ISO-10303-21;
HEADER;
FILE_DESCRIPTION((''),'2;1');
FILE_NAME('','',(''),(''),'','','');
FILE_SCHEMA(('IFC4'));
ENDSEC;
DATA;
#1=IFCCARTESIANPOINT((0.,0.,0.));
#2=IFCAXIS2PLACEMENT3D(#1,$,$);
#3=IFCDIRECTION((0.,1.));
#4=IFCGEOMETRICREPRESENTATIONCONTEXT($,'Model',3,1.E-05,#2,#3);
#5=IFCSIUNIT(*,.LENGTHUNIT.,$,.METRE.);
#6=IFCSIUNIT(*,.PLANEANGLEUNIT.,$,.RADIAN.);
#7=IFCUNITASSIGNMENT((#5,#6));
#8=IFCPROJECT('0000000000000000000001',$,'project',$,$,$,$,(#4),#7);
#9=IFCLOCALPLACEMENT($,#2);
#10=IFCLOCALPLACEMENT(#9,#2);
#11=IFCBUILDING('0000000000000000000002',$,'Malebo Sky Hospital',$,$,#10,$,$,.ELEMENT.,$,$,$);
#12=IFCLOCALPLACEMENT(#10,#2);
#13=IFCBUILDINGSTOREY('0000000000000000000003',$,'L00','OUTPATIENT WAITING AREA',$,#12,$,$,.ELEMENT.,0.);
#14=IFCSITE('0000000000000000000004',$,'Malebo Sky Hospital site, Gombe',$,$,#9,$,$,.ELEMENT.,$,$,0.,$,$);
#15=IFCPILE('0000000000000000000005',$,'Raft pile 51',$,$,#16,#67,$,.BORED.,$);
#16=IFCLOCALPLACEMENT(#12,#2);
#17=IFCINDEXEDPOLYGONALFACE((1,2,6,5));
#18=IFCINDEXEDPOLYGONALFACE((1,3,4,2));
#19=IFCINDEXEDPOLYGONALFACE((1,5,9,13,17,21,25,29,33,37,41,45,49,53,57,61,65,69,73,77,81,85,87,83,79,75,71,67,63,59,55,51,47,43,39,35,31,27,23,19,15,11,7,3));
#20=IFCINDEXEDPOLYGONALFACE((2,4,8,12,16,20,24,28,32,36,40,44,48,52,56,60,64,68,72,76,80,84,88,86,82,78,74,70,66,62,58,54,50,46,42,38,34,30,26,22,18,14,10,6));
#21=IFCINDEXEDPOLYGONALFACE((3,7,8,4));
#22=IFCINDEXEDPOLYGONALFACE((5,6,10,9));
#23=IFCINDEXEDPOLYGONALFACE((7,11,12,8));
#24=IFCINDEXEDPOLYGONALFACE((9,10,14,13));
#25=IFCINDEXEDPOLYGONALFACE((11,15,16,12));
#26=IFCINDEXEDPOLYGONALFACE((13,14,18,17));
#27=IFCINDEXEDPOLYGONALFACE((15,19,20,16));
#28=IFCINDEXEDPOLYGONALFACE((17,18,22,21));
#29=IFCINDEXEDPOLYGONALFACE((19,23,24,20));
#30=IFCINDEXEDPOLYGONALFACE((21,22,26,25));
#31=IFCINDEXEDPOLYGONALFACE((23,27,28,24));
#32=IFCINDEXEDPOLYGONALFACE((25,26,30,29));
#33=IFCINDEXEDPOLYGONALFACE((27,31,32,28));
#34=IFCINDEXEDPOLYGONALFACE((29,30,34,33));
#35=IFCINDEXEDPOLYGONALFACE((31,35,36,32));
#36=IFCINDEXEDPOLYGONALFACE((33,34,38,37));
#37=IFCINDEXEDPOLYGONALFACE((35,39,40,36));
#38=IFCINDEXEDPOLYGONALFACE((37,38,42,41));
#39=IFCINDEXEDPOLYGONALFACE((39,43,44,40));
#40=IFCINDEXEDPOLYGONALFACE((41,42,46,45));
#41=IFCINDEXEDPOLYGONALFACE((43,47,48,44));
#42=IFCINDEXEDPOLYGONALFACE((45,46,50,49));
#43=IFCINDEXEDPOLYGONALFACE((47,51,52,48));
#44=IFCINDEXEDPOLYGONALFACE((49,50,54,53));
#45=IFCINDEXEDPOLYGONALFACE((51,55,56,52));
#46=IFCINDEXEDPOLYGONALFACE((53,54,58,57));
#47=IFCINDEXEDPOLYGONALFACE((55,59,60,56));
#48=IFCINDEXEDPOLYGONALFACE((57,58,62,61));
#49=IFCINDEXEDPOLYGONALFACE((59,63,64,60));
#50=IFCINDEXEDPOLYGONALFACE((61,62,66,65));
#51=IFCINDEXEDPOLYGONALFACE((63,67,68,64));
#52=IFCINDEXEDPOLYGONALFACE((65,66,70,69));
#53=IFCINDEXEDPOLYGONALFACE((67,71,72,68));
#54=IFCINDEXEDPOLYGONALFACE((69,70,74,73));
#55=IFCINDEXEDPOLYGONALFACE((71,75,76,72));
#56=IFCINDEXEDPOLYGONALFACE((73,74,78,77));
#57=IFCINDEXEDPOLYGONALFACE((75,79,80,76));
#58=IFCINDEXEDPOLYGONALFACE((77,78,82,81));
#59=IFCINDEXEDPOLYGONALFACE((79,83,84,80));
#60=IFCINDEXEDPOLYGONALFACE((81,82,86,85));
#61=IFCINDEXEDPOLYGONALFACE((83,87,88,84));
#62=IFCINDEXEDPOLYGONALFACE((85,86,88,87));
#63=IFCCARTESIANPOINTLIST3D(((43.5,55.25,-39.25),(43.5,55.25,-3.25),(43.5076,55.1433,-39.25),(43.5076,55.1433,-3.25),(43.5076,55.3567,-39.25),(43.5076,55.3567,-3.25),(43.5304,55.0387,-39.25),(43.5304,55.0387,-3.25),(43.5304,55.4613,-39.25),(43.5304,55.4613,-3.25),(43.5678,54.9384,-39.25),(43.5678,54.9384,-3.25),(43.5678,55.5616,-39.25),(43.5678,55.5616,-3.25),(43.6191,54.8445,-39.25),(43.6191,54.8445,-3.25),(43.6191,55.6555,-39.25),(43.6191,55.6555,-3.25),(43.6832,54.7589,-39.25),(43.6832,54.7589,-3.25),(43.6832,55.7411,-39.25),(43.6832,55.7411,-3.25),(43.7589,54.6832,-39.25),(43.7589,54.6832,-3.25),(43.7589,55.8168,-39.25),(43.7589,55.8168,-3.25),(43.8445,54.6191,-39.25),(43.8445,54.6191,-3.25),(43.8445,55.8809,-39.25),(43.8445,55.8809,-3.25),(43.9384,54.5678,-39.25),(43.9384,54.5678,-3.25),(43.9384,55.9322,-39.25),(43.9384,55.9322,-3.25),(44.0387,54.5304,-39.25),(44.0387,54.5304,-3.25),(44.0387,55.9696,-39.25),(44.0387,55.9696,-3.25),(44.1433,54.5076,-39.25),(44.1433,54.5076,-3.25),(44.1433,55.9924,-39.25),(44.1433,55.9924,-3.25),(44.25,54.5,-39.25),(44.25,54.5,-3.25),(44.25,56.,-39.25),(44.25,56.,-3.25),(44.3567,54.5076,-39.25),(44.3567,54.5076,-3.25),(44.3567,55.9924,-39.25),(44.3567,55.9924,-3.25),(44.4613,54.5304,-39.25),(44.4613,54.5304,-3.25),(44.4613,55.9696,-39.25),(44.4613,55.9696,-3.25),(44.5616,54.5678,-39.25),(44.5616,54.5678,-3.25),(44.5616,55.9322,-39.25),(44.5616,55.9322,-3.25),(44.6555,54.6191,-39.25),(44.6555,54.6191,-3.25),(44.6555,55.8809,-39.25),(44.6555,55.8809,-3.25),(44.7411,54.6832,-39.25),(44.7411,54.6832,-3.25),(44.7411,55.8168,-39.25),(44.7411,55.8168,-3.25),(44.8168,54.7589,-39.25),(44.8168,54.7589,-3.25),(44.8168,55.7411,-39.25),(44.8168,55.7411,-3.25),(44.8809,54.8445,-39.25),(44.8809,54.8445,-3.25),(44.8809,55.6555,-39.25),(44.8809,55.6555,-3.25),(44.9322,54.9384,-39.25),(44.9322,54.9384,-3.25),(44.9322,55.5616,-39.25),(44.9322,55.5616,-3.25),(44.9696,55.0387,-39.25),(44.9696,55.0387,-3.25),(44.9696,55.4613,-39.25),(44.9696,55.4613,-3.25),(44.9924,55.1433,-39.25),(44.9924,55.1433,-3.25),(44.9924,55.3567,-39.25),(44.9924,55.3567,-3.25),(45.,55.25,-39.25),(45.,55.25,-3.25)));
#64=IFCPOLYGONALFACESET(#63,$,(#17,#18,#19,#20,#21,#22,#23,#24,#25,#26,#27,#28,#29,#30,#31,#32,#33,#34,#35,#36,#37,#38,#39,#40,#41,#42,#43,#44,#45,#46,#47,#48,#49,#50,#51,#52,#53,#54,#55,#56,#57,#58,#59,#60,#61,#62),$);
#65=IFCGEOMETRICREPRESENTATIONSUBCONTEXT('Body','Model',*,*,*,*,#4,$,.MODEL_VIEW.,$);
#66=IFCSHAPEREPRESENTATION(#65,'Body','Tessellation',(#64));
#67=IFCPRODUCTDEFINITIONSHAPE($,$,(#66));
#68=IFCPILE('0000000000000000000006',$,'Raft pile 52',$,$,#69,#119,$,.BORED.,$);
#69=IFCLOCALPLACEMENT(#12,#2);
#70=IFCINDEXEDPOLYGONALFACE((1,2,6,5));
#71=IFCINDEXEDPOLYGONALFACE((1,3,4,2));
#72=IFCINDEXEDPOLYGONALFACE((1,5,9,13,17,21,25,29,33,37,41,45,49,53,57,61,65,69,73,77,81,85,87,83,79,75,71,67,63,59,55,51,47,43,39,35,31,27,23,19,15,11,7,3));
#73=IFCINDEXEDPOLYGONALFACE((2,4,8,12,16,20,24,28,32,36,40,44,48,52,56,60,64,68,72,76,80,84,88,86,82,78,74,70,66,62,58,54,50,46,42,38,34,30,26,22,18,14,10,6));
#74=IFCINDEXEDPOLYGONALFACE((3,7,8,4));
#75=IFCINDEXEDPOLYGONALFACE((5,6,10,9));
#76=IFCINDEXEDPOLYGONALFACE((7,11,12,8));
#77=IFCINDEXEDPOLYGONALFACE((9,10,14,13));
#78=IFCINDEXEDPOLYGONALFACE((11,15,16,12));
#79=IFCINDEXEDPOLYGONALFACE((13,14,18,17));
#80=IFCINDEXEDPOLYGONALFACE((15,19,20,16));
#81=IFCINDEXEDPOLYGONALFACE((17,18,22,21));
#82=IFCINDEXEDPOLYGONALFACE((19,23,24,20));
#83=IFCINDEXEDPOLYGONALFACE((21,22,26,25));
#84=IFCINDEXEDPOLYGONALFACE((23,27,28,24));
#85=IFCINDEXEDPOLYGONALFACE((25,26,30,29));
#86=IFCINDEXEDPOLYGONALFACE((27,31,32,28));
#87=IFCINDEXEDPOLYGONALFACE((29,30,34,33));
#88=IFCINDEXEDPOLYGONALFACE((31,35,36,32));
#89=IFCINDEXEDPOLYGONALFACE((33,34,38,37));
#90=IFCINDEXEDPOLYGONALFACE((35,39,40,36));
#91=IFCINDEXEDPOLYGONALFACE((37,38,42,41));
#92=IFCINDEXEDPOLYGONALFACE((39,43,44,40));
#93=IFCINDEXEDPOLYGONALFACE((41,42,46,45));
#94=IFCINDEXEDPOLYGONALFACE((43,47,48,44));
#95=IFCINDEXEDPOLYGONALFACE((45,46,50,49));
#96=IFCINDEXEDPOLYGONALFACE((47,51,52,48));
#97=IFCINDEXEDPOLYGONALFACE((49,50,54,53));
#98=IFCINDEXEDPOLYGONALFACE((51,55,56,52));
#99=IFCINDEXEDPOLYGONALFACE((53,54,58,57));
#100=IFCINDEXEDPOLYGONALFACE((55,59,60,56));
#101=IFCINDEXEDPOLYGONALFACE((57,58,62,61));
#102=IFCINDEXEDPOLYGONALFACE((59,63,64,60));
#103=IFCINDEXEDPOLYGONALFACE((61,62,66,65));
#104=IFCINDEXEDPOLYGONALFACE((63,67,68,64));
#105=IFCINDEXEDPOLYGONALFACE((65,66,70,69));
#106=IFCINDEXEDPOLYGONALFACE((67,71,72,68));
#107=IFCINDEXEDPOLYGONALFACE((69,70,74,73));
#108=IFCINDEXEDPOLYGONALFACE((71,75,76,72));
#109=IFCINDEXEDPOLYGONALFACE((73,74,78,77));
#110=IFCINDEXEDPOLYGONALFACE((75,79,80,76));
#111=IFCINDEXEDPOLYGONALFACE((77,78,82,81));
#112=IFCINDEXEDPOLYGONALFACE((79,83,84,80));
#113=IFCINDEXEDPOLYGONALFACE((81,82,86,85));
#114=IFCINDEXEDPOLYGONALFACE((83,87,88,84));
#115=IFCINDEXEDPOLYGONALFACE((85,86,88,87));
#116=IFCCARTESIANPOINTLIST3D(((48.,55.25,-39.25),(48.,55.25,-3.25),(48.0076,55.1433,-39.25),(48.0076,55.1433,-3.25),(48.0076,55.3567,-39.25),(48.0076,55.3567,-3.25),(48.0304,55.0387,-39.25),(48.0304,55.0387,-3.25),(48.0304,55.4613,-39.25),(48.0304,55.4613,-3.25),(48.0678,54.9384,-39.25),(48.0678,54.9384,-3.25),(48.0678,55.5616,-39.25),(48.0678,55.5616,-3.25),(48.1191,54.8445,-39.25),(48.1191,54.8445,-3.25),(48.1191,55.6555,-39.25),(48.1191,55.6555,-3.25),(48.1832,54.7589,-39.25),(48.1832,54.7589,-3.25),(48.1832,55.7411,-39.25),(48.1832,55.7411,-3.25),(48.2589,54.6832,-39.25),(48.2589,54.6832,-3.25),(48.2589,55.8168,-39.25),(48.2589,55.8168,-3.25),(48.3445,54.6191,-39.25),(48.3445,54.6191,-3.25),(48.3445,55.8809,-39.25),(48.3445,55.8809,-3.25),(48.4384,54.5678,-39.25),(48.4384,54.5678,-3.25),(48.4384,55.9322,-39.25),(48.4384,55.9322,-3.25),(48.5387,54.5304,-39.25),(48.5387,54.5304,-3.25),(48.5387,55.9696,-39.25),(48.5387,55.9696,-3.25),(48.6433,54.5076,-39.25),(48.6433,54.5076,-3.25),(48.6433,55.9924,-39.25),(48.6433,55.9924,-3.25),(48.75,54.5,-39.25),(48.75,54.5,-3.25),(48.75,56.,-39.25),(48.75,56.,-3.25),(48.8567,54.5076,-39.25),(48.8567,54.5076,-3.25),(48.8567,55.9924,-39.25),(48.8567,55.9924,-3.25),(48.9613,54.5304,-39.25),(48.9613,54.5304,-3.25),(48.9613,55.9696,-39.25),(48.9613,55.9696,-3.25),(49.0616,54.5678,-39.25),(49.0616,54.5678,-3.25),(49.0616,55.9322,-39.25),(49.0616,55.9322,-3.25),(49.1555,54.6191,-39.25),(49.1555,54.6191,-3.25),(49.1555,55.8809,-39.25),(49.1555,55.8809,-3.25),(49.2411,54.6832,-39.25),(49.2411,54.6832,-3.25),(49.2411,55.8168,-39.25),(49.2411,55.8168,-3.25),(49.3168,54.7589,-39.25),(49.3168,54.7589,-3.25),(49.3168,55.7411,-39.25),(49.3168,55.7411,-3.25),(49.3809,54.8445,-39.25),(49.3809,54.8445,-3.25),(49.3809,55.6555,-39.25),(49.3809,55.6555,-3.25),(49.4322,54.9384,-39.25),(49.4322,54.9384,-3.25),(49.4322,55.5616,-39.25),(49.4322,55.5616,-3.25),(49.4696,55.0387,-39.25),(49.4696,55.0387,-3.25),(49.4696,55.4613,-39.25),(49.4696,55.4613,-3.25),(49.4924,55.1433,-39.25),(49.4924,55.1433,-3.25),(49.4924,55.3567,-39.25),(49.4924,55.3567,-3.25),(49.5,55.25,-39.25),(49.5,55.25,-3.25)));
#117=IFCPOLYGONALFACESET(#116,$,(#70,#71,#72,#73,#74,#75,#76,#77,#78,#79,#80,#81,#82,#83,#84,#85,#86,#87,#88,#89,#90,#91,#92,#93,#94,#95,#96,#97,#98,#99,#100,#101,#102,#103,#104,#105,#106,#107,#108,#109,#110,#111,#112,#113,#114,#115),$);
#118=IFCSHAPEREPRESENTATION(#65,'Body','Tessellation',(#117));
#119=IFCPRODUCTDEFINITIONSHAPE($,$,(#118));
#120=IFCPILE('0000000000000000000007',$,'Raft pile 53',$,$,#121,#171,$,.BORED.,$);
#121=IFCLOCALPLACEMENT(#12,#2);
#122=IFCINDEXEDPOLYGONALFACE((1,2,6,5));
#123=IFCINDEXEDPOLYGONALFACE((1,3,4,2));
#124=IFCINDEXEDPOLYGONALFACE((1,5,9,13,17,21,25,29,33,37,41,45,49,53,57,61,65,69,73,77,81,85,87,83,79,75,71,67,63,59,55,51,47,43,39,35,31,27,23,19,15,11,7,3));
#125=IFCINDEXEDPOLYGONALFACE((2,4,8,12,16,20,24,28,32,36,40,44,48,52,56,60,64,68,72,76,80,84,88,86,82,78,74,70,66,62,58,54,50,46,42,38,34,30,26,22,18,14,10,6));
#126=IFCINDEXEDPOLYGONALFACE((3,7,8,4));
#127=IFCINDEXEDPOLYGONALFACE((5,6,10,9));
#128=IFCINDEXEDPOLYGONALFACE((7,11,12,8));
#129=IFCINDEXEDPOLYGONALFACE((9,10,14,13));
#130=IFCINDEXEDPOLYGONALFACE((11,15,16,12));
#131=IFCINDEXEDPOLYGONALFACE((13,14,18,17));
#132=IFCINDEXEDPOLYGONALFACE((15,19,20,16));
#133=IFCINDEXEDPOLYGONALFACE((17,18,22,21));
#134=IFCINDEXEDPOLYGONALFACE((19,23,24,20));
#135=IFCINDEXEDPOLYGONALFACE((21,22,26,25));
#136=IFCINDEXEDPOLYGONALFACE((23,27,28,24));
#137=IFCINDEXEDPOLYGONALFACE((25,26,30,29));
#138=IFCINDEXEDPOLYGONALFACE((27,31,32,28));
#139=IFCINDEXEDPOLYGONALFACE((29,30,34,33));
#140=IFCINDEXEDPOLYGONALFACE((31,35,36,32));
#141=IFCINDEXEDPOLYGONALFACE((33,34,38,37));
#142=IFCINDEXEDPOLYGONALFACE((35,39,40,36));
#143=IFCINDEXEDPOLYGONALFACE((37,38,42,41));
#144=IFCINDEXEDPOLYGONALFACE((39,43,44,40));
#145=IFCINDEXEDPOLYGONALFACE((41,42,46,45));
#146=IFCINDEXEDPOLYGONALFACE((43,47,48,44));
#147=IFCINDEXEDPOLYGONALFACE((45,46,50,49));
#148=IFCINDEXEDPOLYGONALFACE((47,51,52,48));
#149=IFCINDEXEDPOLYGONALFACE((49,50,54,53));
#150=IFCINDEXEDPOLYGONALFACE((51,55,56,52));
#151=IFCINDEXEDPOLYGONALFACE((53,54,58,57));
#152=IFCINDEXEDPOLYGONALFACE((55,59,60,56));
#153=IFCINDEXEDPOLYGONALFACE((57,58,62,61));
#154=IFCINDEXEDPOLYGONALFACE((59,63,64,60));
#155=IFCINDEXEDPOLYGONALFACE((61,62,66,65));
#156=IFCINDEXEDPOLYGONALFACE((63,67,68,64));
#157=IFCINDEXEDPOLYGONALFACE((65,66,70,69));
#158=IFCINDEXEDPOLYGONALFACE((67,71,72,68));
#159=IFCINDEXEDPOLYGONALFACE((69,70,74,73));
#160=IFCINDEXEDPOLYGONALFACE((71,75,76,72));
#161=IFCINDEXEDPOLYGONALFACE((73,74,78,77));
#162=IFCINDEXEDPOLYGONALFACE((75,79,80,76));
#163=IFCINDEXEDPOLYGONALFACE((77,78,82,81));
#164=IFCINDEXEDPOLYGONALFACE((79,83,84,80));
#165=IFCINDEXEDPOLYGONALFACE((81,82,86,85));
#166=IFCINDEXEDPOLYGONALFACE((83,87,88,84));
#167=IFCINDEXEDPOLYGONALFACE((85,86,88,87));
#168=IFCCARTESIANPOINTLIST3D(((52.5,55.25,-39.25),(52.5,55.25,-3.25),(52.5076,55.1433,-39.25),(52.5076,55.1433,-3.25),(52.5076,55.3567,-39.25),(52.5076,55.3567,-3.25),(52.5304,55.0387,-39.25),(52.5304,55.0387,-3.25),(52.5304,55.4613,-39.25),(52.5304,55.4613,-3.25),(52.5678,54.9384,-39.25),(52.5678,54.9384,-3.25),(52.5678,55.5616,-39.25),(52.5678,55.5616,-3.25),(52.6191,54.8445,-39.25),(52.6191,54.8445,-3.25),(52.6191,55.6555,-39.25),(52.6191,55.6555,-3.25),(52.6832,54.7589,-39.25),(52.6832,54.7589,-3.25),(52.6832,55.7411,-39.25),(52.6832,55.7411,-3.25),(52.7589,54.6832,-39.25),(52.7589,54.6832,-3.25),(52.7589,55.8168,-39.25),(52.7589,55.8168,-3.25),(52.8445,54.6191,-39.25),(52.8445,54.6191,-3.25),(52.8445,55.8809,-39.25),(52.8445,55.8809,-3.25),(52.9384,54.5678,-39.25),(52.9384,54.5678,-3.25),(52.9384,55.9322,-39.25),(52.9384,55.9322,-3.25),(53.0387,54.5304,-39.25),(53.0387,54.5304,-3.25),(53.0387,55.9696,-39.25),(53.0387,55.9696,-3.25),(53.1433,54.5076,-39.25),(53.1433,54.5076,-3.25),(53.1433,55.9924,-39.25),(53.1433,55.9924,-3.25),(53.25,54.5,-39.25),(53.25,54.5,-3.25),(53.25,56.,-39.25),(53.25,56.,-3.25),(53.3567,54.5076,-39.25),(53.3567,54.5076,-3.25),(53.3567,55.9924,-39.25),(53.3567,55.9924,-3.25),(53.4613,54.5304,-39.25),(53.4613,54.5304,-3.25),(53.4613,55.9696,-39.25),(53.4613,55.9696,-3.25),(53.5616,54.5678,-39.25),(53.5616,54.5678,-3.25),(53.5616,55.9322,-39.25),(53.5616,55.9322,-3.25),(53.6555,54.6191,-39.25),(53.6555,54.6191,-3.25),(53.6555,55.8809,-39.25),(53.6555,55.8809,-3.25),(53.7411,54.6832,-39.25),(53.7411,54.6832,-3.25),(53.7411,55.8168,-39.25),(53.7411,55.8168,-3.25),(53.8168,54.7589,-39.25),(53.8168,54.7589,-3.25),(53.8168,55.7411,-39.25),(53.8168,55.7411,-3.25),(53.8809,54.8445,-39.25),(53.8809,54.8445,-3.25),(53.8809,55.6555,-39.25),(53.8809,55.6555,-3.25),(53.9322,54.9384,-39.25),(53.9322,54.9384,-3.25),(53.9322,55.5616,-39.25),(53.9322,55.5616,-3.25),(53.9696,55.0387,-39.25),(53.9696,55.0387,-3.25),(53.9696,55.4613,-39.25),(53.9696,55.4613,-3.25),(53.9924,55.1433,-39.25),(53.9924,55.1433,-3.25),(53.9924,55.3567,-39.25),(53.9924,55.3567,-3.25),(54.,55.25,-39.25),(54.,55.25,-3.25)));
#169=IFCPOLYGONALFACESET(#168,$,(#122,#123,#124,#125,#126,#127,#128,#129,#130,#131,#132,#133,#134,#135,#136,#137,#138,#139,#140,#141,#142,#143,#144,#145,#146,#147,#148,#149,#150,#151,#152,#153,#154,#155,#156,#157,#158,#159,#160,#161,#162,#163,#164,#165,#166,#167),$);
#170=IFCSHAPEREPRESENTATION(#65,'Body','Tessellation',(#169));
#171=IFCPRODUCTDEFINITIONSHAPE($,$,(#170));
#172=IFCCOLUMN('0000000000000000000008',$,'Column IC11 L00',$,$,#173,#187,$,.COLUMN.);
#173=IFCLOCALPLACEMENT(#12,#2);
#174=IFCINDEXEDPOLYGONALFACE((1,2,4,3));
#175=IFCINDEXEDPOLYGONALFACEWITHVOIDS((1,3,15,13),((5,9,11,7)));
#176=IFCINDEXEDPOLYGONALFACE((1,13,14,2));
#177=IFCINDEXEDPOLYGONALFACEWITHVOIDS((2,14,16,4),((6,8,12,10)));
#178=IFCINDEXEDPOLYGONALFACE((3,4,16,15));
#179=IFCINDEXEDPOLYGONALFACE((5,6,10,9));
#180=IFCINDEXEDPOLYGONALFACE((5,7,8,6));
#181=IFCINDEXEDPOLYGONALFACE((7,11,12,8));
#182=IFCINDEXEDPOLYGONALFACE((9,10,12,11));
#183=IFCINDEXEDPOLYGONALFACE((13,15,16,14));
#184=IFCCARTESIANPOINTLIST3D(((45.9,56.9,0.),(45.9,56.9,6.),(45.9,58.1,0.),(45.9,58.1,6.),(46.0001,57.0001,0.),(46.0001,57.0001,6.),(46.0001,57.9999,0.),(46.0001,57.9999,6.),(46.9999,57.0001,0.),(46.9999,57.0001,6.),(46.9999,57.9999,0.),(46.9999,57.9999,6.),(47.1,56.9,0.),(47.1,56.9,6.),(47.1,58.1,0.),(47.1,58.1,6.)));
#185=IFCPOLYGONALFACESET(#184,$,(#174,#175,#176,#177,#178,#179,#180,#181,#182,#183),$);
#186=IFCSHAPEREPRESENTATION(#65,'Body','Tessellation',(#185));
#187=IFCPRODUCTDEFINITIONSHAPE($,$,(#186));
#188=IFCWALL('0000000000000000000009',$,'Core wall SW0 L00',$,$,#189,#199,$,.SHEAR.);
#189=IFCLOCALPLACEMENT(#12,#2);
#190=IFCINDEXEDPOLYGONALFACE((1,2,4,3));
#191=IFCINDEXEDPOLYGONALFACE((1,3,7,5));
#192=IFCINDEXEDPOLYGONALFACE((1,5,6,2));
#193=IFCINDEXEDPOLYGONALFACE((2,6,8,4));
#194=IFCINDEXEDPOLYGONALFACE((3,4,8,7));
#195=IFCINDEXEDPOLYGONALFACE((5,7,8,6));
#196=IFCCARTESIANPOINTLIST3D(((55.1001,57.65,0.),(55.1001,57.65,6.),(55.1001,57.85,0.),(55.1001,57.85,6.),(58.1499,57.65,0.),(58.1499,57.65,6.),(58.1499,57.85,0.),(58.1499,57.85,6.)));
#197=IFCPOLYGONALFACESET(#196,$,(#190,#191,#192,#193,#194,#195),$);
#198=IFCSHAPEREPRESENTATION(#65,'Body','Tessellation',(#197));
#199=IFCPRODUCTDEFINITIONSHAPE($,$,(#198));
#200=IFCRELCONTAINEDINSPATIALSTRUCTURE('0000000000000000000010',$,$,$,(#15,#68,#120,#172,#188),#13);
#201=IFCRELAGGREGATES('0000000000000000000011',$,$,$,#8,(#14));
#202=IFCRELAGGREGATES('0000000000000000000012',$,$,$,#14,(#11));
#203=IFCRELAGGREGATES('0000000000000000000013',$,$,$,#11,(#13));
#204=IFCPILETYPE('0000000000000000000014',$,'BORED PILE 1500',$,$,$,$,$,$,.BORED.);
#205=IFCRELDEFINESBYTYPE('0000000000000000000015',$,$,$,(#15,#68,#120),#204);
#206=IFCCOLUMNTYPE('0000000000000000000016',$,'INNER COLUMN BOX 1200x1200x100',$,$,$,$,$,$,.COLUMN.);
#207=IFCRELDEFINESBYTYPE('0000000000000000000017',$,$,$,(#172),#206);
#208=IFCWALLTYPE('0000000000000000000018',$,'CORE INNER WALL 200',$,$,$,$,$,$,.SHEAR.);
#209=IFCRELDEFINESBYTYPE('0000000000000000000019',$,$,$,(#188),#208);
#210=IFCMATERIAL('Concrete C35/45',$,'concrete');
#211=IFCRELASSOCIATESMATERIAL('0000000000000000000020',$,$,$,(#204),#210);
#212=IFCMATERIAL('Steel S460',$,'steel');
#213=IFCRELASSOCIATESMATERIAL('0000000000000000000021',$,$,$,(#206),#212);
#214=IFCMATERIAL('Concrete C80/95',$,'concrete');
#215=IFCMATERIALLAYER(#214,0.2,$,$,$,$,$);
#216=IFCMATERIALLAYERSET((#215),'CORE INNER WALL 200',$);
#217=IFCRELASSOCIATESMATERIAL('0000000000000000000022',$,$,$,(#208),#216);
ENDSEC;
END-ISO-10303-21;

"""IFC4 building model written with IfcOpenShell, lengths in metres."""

from ifc_helpers import new_model, si_unit, direction, frame, frame_2d, origin, origin_2d, place, context, subcontext, project, spatial, rectangle, hollow_rectangle, circle, extrude, material, layer, layer_set, material_profile, profile_set, type_object, element, save


model = new_model("IFC4")

# Units and contexts
model_context = context("Model", 3, precision=1e-05, world=origin(), true_north=direction((0.0, 1.0)))
body_context = subcontext(model_context, "Body", "Model", "MODEL_VIEW")
ifc_project = project(units=[si_unit("LENGTHUNIT", "METRE"), si_unit("PLANEANGLEUNIT", "RADIAN")], contexts=[model_context])

# Site, building, storey
site_placement = place(None, origin())
site = spatial("IfcSite", under=ifc_project, at=site_placement, Name="Malebo Sky Hospital site, Gombe", CompositionType="ELEMENT", RefElevation=0.0)
building_placement = place(site_placement, origin())
building = spatial("IfcBuilding", under=site, at=building_placement, Name="Malebo Sky Hospital", CompositionType="ELEMENT")
storey_placement = place(building_placement, origin())
storey = spatial("IfcBuildingStorey", under=building, at=storey_placement, Name="L00", Description="OUTPATIENT WAITING AREA", CompositionType="ELEMENT", Elevation=0.0)

# Piles
ifc_material_1 = material(Name="Concrete C35/45", Category="concrete")
ifc_material_profile_1 = material_profile(ifc_material_1, circle(Radius=0.75, at=origin_2d()), Name="BP 1500")
ifc_profile_set_1 = profile_set([ifc_material_profile_1], Name="Concrete C35/45")
pile_type = type_object("IfcPileType", Name="BORED PILE 1500", PredefinedType="BORED", material=ifc_profile_set_1)
for number, where, z_axis, x_axis, name in (
    (1, (44.25, 55.25, -3.25), (0.0, 0.0, -1.0), (1.0, 0.0, 0.0), "Raft pile 51"),
    (2, (48.75, 55.25, -3.25), (0.0, 0.0, -1.0), (1.0, 0.0, 0.0), "Raft pile 52"),
    (3, (53.25, 55.25, -3.25), (0.0, 0.0, -1.0), (1.0, 0.0, 0.0), "Raft pile 53"),
):
    element("IfcPile", number, at=place(storey_placement, frame(where, z_axis=z_axis, x_axis=x_axis)), inside=storey, type_object=pile_type, Name=name, PredefinedType="BORED", context=body_context, shape_type="SweptSolid", body=[
        extrude(circle(Radius=0.75, at=origin_2d()), origin(), (0.0, 0.0, 1.0), 36.0),
    ])

# Column
ifc_material_2 = material(Name="Steel S460", Category="steel")
ifc_material_profile_2 = material_profile(ifc_material_2, hollow_rectangle(XDim=1.2, YDim=1.2, WallThickness=0.1001, at=origin_2d()), Name="BOX 1200x1200x100")
ifc_profile_set_2 = profile_set([ifc_material_profile_2], Name="Steel S460")
column_type = type_object("IfcColumnType", Name="INNER COLUMN BOX 1200x1200x100", PredefinedType="COLUMN", material=ifc_profile_set_2)
column_placement = place(storey_placement, frame((46.5, 57.5, 0.0), z_axis=(0.0, 0.0, 1.0), x_axis=(1.0, 0.0, 0.0)))
element("IfcColumn", 4, at=column_placement, inside=storey, type_object=column_type, Name="Column IC11 L00", PredefinedType="COLUMN", context=body_context, shape_type="SweptSolid", body=[
    extrude(hollow_rectangle(XDim=1.2, YDim=1.2, WallThickness=0.1001, at=origin_2d()), origin(), (0.0, 0.0, 1.0), 6.0),
])

# Wall
ifc_material_3 = material(Name="Concrete C80/95", Category="concrete")
ifc_layer_1 = layer(ifc_material_3, 0.2)
ifc_layer_set_1 = layer_set([ifc_layer_1], Name="CORE INNER WALL 200")
wall_type_1 = type_object("IfcWallType", Name="CORE INNER WALL 200", PredefinedType="SHEAR", material=ifc_layer_set_1)
wall_1_placement = place(storey_placement, frame((55.1001, 57.75, 0.0), z_axis=(0.0, 0.0, 1.0), x_axis=(1.0, 0.0, 0.0)))
element("IfcWall", 5, at=wall_1_placement, inside=storey, type_object=wall_type_1, Name="Core wall SW0 L00", PredefinedType="SHEAR", context=body_context, shape_type="SweptSolid", body=[
    extrude(rectangle(XDim=3.0498, YDim=0.2, at=frame_2d((1.5249, 0.0))), origin(), (0.0, 0.0, 1.0), 6.0),
])

save(model, "model.ifc")
